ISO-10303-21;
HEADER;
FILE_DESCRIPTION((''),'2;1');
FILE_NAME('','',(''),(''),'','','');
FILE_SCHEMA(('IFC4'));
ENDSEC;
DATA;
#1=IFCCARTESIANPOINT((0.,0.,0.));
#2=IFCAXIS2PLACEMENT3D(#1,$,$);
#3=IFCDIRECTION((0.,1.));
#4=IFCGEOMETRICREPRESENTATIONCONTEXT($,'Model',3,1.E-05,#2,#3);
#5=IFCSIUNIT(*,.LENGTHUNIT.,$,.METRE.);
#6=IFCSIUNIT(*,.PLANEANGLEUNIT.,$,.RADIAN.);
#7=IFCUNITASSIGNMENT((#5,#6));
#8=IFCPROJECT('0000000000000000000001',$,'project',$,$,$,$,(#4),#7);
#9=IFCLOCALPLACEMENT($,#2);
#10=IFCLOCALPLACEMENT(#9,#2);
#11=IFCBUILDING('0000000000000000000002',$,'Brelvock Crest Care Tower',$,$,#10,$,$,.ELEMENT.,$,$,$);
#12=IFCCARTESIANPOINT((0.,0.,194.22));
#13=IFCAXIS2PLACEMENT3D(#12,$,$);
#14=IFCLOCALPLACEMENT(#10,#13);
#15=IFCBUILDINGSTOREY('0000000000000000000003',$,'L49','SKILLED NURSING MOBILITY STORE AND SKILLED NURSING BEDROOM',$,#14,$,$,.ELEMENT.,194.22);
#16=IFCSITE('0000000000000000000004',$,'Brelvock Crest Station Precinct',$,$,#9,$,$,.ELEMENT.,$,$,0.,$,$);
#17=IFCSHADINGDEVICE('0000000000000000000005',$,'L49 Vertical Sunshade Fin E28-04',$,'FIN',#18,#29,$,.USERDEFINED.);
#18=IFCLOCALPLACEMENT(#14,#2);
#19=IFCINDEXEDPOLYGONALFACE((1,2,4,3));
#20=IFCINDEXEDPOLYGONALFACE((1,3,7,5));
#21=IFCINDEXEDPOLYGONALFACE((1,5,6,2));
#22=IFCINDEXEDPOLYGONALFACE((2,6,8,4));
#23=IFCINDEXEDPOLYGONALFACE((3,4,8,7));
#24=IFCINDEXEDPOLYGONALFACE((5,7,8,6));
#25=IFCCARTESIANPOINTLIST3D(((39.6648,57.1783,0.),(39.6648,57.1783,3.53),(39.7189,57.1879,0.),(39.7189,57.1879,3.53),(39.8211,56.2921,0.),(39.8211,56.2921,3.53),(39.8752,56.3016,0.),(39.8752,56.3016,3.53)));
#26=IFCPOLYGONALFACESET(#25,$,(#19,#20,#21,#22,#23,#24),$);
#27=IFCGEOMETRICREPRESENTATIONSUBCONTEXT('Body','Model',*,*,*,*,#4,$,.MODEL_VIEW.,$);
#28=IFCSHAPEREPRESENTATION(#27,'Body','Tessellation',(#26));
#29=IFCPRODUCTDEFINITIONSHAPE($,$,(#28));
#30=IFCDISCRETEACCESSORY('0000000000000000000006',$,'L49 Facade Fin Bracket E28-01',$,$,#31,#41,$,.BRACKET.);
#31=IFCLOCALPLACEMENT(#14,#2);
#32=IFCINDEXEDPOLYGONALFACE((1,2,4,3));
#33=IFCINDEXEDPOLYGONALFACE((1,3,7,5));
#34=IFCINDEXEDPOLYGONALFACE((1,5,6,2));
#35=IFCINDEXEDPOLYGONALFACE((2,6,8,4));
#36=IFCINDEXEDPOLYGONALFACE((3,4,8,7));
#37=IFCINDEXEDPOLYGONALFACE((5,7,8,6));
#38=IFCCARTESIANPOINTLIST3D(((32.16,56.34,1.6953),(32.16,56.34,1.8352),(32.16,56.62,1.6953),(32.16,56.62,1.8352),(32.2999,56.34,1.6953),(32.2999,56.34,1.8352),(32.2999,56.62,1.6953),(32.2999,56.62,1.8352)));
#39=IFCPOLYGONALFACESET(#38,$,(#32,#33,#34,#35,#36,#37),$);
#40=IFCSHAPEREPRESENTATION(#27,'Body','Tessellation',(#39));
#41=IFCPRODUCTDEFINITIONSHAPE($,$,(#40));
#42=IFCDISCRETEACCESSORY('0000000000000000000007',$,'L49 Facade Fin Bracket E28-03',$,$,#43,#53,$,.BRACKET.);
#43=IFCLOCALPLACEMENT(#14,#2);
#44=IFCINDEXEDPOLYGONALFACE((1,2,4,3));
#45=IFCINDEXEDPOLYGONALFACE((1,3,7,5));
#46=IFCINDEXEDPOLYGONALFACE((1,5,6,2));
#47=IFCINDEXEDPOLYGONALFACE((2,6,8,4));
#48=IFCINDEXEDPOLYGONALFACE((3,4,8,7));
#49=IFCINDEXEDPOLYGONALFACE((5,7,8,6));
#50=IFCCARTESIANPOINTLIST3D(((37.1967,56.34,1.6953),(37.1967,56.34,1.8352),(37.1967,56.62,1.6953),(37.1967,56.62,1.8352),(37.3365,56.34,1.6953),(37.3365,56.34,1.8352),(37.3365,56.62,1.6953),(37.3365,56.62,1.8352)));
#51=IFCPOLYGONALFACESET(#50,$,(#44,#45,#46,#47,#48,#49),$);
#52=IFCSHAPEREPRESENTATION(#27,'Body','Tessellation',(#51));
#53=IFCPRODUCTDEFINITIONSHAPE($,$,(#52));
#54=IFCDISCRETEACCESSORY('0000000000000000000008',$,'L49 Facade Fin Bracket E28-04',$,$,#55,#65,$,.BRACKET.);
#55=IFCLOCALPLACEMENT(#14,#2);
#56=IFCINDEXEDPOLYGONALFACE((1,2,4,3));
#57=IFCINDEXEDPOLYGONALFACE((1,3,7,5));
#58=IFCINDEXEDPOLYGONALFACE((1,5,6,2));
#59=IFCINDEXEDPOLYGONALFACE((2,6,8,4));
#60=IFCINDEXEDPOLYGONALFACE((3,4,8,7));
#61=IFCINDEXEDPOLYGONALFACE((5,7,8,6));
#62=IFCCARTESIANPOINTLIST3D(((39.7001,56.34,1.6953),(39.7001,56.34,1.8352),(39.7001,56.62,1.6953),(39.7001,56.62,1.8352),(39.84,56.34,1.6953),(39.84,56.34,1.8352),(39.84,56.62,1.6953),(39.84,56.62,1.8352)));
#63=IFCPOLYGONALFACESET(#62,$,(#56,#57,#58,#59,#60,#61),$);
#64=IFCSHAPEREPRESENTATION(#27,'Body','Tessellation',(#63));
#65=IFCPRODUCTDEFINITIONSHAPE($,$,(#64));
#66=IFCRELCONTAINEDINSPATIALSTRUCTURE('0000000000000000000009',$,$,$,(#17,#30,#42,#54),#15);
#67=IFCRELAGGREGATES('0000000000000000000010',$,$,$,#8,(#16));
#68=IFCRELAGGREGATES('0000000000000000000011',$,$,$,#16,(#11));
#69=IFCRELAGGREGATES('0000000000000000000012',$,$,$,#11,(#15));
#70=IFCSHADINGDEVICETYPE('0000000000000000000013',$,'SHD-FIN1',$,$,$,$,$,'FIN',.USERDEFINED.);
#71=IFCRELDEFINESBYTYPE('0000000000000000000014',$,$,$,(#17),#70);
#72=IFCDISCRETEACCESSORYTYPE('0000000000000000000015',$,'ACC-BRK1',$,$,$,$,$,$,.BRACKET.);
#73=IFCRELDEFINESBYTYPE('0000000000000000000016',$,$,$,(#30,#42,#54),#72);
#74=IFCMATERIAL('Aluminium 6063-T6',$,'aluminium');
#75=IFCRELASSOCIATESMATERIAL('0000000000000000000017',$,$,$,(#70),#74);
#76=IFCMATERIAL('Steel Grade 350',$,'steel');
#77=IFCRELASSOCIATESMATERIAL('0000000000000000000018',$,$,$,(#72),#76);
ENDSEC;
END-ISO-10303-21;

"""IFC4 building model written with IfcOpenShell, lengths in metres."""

from ifc_helpers import new_model, si_unit, direction, frame, origin, origin_2d, place, context, subcontext, project, spatial, rectangle, extrude, source, transform, mapped, material, material_profile, profile_set, type_object, element, save


model = new_model("IFC4")

# Units and contexts
model_context = context("Model", 3, precision=1e-05, world=origin(), true_north=direction((0.0, 1.0)))
body_context = subcontext(model_context, "Body", "Model", "MODEL_VIEW")
ifc_project = project(units=[si_unit("LENGTHUNIT", "METRE"), si_unit("PLANEANGLEUNIT", "RADIAN")], contexts=[model_context])

# Site, building, storey
site_placement = place(None, origin())
site = spatial("IfcSite", under=ifc_project, at=site_placement, Name="Brelvock Crest Station Precinct", CompositionType="ELEMENT", RefElevation=0.0)
building_placement = place(site_placement, origin())
building = spatial("IfcBuilding", under=site, at=building_placement, Name="Brelvock Crest Care Tower", CompositionType="ELEMENT")
storey_placement = place(building_placement, frame((0.0, 0.0, 194.22)))
storey = spatial("IfcBuildingStorey", under=building, at=storey_placement, Name="L49", Description="SKILLED NURSING MOBILITY STORE AND SKILLED NURSING BEDROOM", CompositionType="ELEMENT", Elevation=194.22)

# Shared definitions
ifc_material_1 = material(Name="Steel Grade 350", Category="steel")

# Shared definitions
ifc_material_2 = material(Name="Aluminium 6063-T6", Category="aluminium")

# Shading device
ifc_material_profile_1 = material_profile(ifc_material_2, rectangle(XDim=0.0549, YDim=0.8999, at=origin_2d()), Name="FIN55x900")
ifc_profile_set_1 = profile_set([ifc_material_profile_1], Name="Aluminium 6063-T6")
shading_device_type = type_object("IfcShadingDeviceType", Name="SHD-FIN1", ElementType="FIN", PredefinedType="USERDEFINED", material=ifc_profile_set_1)
shared_shape_1 = source(origin(), body_context, "Body", "SweptSolid", [
    extrude(rectangle(XDim=0.0549, YDim=0.8999, at=origin_2d()), origin(), (0.0, 0.0, 1.0), 3.53),
])
for number, where, z_axis, x_axis, name in (
    (1, (39.77, 56.74, 0.0), (0.0, 0.0, 1.0), (0.984808, 0.173648, 0.0), "L49 Vertical Sunshade Fin E28-04"),
):
    element("IfcShadingDevice", number, at=place(storey_placement, frame(where, z_axis=z_axis, x_axis=x_axis)), inside=storey, type_object=shading_device_type, Name=name, ObjectType="FIN", PredefinedType="USERDEFINED", context=body_context, shape_type="MappedRepresentation", body=[
        mapped(shared_shape_1, transform((0.0, 0.0, 0.0), x_axis=(1.0, 0.0, 0.0), y_axis=(0.0, 1.0, 0.0), z_axis=(0.0, 0.0, 1.0), scale=1.0)),
    ])

# Discrete accessories
discrete_accessory_type = type_object("IfcDiscreteAccessoryType", Name="ACC-BRK1", PredefinedType="BRACKET", material=ifc_material_1)
shared_shape_2 = source(origin(), body_context, "Body", "SweptSolid", [
    extrude(rectangle(XDim=0.28, YDim=0.1399, at=origin_2d()), origin(), (0.0, 0.0, 1.0), 0.1399),
])
for number, where, z_axis, x_axis, name in (
    (2, (32.23, 56.48, 1.6953), (0.0, 0.0, 1.0), (0.0, 1.0, 0.0), "L49 Facade Fin Bracket E28-01"),
    (3, (37.2666, 56.48, 1.6953), (0.0, 0.0, 1.0), (0.0, 1.0, 0.0), "L49 Facade Fin Bracket E28-03"),
    (4, (39.77, 56.48, 1.6953), (0.0, 0.0, 1.0), (0.0, 1.0, 0.0), "L49 Facade Fin Bracket E28-04"),
):
    element("IfcDiscreteAccessory", number, at=place(storey_placement, frame(where, z_axis=z_axis, x_axis=x_axis)), inside=storey, type_object=discrete_accessory_type, Name=name, PredefinedType="BRACKET", context=body_context, shape_type="MappedRepresentation", body=[
        mapped(shared_shape_2, transform((0.0, 0.0, 0.0), x_axis=(1.0, 0.0, 0.0), y_axis=(0.0, 1.0, 0.0), z_axis=(0.0, 0.0, 1.0), scale=1.0)),
    ])

save(model, "model.ifc")
